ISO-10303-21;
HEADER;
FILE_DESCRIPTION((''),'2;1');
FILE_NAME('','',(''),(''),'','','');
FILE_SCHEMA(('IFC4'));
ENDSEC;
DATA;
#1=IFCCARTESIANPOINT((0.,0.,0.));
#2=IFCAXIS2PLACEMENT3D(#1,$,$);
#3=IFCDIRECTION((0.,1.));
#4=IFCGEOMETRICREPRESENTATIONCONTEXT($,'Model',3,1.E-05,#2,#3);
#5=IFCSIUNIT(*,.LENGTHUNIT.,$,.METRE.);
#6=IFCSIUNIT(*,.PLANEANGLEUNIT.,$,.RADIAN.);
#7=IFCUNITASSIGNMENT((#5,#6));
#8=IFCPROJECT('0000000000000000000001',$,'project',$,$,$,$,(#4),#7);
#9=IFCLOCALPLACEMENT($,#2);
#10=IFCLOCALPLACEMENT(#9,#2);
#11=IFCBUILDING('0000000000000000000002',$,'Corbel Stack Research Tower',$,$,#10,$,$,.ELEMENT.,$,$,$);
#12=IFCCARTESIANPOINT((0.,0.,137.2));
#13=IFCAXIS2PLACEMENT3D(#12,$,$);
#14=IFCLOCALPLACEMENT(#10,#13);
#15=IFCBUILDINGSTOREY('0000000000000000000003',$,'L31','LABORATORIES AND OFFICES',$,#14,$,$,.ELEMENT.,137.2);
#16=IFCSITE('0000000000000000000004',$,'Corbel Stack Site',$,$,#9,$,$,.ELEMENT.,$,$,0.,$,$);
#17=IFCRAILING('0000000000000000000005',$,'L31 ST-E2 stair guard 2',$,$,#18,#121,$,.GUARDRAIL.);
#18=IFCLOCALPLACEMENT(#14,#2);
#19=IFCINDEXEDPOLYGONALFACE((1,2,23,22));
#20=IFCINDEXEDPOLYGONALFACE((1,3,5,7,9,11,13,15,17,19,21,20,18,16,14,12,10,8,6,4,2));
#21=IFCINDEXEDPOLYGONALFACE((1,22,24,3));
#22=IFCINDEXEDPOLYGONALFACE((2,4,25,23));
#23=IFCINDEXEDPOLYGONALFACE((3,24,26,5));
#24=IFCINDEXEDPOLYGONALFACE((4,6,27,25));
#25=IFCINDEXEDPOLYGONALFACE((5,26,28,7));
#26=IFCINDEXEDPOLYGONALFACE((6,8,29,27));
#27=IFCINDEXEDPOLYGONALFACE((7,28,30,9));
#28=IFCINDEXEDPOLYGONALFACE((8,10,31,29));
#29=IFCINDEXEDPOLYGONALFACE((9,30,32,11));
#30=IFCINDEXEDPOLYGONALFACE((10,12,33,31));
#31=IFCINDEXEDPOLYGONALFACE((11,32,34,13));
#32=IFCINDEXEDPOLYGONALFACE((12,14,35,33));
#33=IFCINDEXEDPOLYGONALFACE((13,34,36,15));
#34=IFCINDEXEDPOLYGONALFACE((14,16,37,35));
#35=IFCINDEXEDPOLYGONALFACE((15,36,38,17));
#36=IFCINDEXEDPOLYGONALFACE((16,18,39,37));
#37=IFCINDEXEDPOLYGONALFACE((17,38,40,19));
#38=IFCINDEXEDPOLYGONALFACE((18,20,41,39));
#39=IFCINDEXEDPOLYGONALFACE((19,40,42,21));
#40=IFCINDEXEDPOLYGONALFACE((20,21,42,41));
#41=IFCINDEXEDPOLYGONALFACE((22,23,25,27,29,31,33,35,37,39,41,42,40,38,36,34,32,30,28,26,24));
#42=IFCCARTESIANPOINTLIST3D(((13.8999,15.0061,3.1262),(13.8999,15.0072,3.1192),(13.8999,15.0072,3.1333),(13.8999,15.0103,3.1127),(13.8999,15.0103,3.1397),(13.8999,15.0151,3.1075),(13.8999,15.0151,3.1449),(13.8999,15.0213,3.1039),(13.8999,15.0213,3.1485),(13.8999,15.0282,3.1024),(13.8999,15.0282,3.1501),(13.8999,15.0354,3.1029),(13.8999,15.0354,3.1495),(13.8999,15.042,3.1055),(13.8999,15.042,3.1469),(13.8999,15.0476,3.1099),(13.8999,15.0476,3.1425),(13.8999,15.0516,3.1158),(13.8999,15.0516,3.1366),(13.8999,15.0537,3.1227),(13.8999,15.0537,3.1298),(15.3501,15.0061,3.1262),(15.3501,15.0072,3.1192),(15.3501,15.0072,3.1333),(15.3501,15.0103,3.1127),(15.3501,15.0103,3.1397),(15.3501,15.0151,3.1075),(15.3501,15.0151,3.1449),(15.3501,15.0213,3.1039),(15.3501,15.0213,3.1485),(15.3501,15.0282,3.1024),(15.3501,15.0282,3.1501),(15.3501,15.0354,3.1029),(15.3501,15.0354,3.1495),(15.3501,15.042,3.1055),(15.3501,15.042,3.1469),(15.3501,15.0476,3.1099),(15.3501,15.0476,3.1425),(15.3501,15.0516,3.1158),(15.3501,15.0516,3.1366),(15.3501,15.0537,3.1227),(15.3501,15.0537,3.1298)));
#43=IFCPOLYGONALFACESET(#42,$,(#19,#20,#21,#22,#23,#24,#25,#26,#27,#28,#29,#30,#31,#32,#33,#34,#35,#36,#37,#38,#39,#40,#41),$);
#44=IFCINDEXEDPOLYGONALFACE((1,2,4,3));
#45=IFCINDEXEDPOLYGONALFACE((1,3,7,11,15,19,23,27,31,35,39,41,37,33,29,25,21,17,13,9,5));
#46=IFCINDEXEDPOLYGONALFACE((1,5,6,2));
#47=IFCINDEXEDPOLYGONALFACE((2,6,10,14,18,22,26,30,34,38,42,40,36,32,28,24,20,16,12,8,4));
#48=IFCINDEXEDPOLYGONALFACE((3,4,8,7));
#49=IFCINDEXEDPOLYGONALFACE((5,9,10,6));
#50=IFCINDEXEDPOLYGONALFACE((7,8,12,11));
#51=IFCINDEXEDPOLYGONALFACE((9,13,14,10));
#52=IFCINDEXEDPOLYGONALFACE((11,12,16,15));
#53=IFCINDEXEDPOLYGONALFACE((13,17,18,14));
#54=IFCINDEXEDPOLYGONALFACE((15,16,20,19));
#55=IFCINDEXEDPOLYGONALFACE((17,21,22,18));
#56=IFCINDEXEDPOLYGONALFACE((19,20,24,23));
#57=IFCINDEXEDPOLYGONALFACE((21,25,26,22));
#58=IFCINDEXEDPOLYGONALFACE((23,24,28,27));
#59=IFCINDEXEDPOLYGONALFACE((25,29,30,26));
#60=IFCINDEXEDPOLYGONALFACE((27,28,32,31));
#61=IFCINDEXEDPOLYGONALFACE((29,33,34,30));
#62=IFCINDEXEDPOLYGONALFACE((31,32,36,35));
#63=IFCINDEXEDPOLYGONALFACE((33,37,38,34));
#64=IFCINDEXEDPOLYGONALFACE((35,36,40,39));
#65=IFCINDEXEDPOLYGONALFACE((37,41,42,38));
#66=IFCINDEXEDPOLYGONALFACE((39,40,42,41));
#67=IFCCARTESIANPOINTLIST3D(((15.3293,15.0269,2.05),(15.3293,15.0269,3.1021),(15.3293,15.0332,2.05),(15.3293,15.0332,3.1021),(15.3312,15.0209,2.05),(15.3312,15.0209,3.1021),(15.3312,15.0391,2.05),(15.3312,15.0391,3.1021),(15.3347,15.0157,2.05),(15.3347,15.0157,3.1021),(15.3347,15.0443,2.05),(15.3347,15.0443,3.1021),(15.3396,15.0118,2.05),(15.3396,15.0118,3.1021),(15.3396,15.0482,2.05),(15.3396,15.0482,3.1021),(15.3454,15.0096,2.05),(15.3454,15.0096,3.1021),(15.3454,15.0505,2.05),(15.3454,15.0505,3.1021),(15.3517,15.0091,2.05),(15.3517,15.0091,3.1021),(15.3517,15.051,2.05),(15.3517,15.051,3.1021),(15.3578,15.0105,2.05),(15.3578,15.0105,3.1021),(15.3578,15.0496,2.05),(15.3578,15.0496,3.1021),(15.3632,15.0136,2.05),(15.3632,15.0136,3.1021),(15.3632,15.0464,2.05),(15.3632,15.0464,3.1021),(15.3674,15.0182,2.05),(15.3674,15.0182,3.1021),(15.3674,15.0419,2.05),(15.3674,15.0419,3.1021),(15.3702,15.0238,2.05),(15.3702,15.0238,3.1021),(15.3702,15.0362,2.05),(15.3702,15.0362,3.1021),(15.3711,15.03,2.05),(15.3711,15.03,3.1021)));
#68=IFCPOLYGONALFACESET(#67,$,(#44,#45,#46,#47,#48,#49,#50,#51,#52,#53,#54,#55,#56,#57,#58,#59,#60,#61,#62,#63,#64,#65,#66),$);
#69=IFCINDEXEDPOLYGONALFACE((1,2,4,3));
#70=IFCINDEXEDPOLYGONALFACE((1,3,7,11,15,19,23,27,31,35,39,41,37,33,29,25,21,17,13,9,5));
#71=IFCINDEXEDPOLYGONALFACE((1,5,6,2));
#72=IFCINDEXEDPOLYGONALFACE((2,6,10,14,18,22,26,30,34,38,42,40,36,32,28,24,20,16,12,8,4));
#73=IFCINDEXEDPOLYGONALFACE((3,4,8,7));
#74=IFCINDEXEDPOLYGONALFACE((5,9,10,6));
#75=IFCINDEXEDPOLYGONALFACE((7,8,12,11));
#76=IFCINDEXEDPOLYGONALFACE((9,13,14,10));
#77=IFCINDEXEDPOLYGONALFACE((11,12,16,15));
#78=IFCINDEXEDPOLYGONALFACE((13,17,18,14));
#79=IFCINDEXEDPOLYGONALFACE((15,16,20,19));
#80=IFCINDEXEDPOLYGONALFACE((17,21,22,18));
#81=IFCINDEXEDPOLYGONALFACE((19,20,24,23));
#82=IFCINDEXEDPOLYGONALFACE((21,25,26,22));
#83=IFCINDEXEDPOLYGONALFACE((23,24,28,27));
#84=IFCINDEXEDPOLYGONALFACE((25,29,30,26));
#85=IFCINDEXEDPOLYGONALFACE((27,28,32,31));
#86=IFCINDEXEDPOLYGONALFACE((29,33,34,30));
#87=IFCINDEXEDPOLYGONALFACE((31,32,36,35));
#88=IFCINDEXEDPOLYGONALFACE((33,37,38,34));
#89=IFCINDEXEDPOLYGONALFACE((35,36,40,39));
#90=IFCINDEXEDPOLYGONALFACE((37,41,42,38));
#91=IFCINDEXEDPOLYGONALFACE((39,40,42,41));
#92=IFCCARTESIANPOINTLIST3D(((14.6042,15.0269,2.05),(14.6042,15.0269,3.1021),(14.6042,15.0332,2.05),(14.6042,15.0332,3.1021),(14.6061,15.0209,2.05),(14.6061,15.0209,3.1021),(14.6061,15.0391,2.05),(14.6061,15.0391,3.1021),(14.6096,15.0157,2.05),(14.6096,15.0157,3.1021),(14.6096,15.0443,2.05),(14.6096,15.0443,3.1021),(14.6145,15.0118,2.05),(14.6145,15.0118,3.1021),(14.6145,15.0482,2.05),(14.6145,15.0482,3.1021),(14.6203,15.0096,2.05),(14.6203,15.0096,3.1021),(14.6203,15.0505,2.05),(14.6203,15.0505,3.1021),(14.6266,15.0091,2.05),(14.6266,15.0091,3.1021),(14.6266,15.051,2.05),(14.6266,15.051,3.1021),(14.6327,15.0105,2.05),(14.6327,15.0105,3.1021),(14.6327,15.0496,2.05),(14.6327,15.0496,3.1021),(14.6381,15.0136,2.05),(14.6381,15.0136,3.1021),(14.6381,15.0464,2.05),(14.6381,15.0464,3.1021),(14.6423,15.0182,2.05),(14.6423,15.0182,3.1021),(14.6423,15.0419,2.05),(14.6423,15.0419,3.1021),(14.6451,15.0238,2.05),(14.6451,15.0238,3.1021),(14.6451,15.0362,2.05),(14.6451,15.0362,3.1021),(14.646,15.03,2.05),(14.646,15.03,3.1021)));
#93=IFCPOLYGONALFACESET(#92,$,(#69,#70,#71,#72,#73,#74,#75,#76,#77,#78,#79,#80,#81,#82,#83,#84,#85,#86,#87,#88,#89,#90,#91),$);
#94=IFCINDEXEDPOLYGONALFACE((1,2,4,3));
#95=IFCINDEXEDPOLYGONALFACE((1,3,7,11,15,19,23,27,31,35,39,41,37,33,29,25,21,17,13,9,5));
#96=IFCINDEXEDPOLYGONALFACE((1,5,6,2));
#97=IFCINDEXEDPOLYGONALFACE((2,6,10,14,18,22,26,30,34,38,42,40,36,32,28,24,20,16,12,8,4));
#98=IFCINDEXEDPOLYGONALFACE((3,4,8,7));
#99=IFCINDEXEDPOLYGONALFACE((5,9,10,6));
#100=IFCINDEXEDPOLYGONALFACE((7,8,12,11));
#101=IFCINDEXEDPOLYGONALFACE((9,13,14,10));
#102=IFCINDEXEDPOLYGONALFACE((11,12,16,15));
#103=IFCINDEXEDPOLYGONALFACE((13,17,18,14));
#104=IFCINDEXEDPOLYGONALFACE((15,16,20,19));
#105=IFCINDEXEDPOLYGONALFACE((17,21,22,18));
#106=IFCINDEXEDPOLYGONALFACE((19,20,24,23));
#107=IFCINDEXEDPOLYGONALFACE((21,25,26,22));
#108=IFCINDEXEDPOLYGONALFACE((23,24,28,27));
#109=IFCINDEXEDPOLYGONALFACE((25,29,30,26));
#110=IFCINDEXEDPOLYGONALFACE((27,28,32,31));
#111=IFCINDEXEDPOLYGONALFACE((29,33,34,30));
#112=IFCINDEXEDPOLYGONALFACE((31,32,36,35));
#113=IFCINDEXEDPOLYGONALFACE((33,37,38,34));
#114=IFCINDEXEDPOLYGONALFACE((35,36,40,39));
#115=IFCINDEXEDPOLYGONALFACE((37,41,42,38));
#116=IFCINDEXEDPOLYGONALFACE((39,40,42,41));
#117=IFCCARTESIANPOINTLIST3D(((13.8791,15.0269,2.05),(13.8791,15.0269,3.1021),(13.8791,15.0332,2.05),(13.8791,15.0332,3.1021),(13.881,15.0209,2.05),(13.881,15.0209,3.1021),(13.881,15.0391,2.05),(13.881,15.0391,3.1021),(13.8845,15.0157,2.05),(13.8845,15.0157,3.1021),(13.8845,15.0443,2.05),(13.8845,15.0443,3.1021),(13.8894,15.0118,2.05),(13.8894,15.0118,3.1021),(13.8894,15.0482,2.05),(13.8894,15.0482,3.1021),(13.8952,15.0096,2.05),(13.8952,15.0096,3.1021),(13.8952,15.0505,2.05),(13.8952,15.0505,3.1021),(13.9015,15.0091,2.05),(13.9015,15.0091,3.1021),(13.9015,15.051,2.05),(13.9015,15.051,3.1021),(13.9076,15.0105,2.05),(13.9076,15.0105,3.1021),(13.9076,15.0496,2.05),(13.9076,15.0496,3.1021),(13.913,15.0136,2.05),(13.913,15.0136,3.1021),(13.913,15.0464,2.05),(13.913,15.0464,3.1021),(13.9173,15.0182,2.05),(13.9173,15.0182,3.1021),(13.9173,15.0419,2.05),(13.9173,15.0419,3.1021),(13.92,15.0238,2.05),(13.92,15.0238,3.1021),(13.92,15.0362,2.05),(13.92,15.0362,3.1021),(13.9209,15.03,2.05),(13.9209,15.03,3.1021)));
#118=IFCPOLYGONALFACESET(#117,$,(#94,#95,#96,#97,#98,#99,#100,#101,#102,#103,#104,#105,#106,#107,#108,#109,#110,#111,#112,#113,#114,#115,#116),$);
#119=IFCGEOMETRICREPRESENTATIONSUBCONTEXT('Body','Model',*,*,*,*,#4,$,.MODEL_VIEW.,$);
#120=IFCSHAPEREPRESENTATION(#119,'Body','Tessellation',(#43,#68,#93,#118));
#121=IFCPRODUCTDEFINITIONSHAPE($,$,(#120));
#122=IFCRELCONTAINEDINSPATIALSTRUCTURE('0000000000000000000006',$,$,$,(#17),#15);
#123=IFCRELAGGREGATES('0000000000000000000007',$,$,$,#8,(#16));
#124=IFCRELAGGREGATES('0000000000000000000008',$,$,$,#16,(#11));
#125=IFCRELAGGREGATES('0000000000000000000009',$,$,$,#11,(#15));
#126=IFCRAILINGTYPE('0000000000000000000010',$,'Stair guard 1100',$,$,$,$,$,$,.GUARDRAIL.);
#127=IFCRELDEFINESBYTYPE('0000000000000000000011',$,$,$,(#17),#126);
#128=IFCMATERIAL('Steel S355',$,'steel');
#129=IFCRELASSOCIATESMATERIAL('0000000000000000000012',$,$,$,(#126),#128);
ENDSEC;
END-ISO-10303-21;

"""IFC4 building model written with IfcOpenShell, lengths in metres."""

from ifc_helpers import new_model, si_unit, direction, frame, origin, origin_2d, place, context, subcontext, project, spatial, circle, extrude, material, type_object, element, save


model = new_model("IFC4")

# Units and contexts
model_context = context("Model", 3, precision=1e-05, world=origin(), true_north=direction((0.0, 1.0)))
body_context = subcontext(model_context, "Body", "Model", "MODEL_VIEW")
ifc_project = project(units=[si_unit("LENGTHUNIT", "METRE"), si_unit("PLANEANGLEUNIT", "RADIAN")], contexts=[model_context])

# Site, building, storey
site_placement = place(None, origin())
site = spatial("IfcSite", under=ifc_project, at=site_placement, Name="Corbel Stack Site", CompositionType="ELEMENT", RefElevation=0.0)
building_placement = place(site_placement, origin())
building = spatial("IfcBuilding", under=site, at=building_placement, Name="Corbel Stack Research Tower", CompositionType="ELEMENT")
storey_placement = place(building_placement, frame((0.0, 0.0, 137.2)))
storey = spatial("IfcBuildingStorey", under=building, at=storey_placement, Name="L31", Description="LABORATORIES AND OFFICES", CompositionType="ELEMENT", Elevation=137.2)

# Railing
ifc_material_1 = material(Name="Steel S355", Category="steel")
railing_type_1 = type_object("IfcRailingType", Name="Stair guard 1100", PredefinedType="GUARDRAIL", material=ifc_material_1)
railing_1_placement = place(storey_placement, frame((15.3501, 15.03, 2.05)))
element("IfcRailing", 1, at=railing_1_placement, inside=storey, type_object=railing_type_1, Name="L31 ST-E2 stair guard 2", PredefinedType="GUARDRAIL", context=body_context, shape_type="SweptSolid", body=[
    extrude(circle(Radius=0.0239, at=origin_2d()), frame((0.0, 0.0, 1.0762), z_axis=(-1.0, 0.0, 0.0), x_axis=(0.0, -1.0, 0.0)), (0.0, 0.0, 1.0), 1.4502),
    extrude(circle(Radius=0.021, at=origin_2d()), origin(), (0.0, 0.0, 1.0), 1.052),
    extrude(circle(Radius=0.021, at=origin_2d()), frame((-0.7251, 0.0, 0.0)), (0.0, 0.0, 1.0), 1.052),
    extrude(circle(Radius=0.021, at=origin_2d()), frame((-1.4502, 0.0, 0.0)), (0.0, 0.0, 1.0), 1.052),
])

save(model, "model.ifc")
